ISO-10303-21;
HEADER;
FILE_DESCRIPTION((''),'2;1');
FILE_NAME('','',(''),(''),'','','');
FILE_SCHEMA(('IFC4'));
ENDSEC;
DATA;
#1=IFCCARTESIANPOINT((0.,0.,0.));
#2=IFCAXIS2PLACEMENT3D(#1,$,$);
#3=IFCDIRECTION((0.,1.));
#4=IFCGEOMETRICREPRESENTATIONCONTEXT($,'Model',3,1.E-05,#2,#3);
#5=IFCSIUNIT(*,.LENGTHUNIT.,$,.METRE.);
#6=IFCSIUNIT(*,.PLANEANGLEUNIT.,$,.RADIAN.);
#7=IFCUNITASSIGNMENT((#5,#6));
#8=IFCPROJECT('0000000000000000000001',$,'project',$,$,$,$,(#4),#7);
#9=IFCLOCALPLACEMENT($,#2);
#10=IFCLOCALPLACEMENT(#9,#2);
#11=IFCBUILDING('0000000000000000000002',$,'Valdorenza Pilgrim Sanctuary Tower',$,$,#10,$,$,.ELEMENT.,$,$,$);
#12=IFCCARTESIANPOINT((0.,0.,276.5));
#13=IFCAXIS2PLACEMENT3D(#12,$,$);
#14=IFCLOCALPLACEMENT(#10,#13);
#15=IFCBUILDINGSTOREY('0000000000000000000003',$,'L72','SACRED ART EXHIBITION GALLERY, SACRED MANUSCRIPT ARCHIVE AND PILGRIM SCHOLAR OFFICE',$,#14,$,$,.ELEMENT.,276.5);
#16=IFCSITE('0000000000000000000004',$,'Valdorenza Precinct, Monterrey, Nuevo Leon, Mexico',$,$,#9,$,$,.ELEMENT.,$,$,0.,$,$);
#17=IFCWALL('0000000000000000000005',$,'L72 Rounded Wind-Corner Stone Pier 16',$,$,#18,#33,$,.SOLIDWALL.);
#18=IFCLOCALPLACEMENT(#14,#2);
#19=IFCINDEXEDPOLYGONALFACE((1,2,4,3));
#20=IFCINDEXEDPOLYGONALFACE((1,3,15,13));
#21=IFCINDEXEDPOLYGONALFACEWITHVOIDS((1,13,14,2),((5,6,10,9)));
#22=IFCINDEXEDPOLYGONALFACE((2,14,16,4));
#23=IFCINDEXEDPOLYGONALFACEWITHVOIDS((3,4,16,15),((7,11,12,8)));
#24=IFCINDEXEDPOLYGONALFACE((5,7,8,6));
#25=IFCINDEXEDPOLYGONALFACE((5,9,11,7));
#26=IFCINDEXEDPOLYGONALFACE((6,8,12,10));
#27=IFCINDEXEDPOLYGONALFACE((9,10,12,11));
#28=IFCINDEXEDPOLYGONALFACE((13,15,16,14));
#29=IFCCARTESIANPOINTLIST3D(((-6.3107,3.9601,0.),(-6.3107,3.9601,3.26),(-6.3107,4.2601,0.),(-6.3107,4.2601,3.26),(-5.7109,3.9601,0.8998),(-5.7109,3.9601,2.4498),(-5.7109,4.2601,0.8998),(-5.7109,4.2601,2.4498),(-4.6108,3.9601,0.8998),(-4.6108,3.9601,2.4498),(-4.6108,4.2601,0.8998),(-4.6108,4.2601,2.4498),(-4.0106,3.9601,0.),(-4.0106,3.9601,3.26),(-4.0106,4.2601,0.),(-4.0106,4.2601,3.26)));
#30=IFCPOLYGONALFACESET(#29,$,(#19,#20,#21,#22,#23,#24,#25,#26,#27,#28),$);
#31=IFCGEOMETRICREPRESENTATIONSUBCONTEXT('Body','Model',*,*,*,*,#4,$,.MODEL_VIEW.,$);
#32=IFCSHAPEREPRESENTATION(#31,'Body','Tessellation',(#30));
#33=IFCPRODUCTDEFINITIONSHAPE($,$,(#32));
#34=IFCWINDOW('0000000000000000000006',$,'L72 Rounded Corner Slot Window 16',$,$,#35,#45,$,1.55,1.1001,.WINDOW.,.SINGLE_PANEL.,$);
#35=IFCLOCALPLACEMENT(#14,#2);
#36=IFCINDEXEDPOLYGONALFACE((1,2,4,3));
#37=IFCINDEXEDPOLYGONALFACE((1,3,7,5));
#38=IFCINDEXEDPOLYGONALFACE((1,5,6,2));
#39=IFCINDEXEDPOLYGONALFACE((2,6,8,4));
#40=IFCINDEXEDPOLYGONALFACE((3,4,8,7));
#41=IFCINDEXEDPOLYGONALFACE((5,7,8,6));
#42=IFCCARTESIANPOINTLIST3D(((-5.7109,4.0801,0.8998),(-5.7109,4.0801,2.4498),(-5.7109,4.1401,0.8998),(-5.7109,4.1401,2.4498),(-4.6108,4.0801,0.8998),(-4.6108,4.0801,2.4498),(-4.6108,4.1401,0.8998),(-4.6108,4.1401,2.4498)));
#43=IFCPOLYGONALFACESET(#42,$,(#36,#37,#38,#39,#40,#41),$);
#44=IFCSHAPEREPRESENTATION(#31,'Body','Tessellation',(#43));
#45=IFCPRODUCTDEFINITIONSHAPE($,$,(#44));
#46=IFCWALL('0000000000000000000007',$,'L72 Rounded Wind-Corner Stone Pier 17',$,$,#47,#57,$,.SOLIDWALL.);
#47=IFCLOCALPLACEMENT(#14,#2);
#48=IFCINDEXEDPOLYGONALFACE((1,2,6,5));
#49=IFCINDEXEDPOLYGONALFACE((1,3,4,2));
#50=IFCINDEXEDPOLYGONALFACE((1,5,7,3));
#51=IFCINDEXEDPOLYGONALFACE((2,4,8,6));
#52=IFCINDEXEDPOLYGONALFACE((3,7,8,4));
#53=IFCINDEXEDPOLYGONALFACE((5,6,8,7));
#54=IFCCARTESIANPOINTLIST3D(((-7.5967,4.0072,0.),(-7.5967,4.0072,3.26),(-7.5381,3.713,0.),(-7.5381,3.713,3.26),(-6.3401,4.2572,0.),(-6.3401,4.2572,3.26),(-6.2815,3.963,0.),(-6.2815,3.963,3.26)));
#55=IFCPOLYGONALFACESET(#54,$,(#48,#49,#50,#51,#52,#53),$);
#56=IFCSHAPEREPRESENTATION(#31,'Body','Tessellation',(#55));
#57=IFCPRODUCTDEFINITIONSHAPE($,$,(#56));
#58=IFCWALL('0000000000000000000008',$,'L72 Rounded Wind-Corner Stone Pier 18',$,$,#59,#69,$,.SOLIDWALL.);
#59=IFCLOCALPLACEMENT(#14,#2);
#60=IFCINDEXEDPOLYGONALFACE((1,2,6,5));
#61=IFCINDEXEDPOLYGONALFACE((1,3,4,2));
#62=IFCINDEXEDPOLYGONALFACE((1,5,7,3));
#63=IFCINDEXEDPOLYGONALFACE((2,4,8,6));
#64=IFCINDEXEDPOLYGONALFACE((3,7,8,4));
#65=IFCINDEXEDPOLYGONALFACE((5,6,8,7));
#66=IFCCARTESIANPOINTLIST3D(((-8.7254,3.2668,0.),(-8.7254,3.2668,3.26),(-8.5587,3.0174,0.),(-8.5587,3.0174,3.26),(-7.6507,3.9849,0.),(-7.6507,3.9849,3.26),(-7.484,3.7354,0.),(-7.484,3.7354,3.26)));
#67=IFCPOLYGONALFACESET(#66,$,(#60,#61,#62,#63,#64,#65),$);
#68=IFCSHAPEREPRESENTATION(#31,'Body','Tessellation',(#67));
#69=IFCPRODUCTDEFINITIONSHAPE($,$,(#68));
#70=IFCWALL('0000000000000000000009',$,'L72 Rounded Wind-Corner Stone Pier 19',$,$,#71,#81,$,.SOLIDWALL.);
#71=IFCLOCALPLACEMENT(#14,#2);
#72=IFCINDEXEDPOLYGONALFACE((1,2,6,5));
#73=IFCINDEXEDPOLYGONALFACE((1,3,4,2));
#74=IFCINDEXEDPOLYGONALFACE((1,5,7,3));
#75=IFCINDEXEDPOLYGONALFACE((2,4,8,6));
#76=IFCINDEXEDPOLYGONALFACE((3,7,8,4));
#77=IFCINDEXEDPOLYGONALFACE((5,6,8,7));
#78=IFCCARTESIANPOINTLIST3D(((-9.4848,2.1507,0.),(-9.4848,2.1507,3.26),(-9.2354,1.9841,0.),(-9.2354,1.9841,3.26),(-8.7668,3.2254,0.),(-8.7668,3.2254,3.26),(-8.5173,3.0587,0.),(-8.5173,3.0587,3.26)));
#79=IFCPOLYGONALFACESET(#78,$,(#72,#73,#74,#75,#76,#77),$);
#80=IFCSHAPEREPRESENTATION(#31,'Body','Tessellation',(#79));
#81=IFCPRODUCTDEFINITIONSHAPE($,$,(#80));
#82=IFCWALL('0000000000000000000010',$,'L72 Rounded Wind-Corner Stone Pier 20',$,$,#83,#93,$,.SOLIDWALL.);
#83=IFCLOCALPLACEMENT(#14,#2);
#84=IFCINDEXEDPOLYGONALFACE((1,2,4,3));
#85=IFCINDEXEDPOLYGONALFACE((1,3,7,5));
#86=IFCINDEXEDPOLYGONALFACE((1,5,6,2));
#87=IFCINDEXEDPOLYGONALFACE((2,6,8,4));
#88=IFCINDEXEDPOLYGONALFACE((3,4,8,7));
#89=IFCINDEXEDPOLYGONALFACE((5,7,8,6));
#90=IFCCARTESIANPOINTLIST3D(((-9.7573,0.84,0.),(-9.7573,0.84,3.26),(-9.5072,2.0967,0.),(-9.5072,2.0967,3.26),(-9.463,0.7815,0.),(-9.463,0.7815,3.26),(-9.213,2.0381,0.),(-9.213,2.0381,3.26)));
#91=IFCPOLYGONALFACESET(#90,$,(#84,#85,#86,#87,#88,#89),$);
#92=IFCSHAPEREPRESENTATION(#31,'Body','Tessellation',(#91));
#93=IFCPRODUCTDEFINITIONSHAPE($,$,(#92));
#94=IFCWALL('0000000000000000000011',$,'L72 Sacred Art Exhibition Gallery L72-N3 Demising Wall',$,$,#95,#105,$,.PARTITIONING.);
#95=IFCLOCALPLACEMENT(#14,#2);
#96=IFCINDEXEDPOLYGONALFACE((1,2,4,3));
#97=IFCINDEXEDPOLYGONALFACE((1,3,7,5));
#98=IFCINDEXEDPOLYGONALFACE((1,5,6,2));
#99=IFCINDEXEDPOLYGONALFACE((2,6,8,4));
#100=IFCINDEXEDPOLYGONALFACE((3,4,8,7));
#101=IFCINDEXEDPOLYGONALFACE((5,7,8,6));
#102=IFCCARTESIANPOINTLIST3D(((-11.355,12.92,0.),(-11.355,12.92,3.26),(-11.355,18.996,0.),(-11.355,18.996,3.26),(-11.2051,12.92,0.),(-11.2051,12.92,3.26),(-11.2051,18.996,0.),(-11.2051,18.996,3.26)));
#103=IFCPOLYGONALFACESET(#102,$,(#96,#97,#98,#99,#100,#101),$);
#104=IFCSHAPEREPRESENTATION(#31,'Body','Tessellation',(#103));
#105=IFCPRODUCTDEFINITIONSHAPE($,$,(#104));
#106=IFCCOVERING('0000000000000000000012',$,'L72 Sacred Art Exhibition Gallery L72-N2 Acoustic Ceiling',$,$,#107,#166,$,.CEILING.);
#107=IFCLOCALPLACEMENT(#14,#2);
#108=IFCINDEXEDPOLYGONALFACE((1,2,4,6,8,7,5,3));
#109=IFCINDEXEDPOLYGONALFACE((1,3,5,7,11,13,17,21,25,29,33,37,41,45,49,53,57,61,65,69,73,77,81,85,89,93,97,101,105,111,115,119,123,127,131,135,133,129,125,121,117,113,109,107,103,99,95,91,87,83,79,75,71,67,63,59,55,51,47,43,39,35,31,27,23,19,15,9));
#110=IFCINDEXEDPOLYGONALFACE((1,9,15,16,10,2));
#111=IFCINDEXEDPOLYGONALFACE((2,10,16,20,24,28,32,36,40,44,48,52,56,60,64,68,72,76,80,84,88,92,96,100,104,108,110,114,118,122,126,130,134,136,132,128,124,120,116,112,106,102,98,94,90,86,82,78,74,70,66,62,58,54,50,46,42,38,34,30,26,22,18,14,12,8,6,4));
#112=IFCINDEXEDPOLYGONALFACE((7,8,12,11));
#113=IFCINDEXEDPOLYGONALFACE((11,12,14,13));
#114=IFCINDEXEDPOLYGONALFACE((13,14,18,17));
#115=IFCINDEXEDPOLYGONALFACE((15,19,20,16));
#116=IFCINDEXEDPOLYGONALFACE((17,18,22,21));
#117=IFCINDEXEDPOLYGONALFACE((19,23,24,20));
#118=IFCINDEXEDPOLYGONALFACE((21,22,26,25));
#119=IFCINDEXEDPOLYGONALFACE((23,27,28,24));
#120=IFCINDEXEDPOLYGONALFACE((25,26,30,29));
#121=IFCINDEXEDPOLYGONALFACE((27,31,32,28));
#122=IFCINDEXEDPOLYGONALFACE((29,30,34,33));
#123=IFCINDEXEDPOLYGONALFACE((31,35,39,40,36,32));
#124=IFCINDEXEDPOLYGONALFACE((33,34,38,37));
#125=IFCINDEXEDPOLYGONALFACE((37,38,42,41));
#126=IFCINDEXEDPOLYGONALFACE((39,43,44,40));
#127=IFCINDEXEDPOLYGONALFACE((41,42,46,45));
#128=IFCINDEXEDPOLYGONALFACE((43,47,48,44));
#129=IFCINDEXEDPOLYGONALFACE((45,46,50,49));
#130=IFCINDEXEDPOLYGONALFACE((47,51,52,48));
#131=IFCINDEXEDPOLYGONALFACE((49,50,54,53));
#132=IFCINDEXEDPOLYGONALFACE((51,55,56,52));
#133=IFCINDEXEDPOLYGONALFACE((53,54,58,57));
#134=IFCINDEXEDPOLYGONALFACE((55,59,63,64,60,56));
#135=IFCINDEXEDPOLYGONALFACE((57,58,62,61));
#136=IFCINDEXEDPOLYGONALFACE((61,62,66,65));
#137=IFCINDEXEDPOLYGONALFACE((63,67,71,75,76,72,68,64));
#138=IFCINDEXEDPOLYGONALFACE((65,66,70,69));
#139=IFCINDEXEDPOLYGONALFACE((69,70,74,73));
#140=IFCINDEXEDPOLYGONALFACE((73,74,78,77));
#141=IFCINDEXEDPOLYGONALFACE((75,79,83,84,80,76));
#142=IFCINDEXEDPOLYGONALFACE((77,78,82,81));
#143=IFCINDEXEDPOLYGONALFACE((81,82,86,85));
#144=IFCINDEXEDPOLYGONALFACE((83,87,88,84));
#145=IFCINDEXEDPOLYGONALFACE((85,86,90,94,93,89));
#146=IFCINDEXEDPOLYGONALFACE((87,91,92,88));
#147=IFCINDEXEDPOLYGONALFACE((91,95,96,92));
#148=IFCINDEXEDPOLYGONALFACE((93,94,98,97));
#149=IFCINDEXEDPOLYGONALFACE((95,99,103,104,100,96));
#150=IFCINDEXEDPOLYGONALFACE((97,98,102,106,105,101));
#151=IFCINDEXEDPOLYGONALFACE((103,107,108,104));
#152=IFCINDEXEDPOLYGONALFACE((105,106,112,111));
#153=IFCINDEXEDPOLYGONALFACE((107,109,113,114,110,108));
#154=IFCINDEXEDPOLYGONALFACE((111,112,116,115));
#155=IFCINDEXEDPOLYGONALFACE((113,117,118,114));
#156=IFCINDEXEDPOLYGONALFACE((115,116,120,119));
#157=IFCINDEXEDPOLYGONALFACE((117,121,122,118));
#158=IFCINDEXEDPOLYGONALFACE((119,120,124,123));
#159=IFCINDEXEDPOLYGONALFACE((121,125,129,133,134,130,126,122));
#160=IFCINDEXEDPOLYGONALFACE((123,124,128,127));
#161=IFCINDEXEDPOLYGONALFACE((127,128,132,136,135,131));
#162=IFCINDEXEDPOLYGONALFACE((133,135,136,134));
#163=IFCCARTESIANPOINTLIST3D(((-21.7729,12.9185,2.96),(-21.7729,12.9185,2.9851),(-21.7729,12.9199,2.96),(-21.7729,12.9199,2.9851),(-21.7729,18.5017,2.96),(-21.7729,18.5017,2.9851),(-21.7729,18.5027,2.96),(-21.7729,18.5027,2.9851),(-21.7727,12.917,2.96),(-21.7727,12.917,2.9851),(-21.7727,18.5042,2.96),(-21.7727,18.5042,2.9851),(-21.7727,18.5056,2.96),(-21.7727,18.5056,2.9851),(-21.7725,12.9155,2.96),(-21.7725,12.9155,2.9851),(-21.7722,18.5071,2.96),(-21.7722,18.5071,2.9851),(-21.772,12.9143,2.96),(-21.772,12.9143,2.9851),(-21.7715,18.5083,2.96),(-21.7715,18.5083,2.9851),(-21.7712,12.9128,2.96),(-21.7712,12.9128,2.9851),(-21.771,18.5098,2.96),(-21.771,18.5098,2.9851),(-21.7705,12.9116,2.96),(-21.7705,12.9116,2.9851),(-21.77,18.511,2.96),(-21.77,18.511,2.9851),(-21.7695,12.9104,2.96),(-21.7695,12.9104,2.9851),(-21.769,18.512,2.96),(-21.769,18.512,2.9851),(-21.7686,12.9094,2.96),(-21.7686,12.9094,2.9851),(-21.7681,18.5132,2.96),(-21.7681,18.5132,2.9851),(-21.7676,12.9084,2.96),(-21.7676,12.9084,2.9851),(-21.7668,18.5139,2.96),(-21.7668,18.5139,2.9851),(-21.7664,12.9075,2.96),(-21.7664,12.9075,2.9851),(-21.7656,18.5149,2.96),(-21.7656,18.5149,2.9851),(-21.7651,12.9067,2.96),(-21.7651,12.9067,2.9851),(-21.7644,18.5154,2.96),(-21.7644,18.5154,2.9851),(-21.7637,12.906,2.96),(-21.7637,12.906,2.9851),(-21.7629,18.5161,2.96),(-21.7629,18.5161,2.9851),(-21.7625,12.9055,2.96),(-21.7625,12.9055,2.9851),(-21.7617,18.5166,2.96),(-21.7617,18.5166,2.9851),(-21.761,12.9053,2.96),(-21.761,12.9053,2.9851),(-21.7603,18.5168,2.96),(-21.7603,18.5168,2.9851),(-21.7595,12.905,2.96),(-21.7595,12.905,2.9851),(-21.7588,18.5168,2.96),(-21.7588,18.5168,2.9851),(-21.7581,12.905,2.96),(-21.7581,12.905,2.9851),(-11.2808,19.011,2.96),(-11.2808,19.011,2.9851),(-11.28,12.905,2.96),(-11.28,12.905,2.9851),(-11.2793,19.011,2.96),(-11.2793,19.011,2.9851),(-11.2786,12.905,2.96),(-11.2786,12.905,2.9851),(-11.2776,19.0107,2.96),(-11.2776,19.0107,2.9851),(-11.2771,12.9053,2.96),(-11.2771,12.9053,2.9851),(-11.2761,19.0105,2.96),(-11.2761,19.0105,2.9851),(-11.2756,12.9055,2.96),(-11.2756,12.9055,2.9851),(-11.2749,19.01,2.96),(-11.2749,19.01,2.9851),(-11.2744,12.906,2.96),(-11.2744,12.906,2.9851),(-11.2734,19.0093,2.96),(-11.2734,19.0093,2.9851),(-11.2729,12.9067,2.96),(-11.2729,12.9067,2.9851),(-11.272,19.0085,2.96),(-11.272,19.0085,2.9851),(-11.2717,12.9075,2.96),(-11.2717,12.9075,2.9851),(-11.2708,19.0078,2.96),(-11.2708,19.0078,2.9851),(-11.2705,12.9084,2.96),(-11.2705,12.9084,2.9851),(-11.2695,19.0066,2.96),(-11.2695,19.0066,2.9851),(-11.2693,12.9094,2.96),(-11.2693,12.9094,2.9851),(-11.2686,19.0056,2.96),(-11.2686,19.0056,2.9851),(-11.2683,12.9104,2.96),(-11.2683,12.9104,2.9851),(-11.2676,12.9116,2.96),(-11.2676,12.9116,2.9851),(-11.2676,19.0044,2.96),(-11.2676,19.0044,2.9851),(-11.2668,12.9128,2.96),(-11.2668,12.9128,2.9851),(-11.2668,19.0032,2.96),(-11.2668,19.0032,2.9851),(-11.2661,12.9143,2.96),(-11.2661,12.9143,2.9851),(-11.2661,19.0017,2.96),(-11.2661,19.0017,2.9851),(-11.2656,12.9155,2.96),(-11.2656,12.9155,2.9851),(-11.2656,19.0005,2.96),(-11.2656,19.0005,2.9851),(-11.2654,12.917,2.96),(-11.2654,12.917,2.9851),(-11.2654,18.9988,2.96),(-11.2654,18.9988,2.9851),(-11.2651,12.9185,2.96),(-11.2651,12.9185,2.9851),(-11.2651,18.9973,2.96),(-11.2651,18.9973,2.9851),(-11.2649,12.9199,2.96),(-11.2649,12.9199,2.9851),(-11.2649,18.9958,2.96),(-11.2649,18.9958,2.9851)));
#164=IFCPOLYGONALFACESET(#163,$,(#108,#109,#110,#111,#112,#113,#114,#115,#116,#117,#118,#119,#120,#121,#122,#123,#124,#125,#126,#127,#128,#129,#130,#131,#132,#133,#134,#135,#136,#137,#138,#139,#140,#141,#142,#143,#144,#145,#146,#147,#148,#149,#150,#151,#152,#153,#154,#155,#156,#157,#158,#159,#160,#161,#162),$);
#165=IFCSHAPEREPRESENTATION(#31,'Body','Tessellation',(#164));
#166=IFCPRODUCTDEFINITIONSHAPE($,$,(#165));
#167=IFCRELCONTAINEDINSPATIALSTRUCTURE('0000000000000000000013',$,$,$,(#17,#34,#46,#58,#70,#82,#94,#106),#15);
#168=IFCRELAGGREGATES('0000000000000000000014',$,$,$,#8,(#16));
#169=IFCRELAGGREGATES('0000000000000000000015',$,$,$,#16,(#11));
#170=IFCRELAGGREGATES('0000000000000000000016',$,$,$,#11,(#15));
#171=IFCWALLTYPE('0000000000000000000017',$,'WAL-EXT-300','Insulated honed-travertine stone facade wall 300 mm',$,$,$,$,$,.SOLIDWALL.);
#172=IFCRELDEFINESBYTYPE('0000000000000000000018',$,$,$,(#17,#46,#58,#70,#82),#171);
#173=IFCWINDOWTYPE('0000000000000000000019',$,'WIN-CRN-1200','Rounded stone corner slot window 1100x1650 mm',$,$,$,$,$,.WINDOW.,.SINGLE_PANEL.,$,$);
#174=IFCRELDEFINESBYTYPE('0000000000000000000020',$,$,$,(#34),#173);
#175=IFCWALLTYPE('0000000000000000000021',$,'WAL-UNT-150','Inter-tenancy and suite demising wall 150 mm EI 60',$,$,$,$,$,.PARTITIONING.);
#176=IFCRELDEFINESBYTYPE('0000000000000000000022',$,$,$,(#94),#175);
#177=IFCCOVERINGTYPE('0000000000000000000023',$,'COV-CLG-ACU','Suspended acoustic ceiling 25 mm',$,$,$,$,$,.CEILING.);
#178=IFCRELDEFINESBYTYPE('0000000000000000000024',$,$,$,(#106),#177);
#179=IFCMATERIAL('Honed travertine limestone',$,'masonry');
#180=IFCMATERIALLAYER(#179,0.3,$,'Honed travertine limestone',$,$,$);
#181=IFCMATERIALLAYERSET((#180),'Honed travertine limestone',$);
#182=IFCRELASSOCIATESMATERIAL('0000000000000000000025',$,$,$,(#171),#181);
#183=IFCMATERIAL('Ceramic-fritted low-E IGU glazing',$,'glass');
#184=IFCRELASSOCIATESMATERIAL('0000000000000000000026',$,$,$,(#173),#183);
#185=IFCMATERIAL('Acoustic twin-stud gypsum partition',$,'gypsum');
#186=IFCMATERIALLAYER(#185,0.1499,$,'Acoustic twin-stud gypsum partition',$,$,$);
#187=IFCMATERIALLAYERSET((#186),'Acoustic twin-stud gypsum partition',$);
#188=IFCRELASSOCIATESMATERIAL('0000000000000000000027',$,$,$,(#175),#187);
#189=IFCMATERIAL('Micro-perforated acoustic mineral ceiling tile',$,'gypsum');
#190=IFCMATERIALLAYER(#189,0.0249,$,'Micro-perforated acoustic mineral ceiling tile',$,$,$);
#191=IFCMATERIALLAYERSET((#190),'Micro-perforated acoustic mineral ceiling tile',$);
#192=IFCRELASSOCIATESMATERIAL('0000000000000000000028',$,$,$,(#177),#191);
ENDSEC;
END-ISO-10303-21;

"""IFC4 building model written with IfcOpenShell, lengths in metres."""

from ifc_helpers import new_model, si_unit, direction, frame, frame_2d, origin, place, context, subcontext, project, spatial, polyline, rectangle, outline, extrude, material, layer, layer_set, type_object, element, fill, save


model = new_model("IFC4")

# Units and contexts
model_context = context("Model", 3, precision=1e-05, world=origin(), true_north=direction((0.0, 1.0)))
body_context = subcontext(model_context, "Body", "Model", "MODEL_VIEW")
ifc_project = project(units=[si_unit("LENGTHUNIT", "METRE"), si_unit("PLANEANGLEUNIT", "RADIAN")], contexts=[model_context])

# Site, building, storey
site_placement = place(None, origin())
site = spatial("IfcSite", under=ifc_project, at=site_placement, Name="Valdorenza Precinct, Monterrey, Nuevo Leon, Mexico", CompositionType="ELEMENT", RefElevation=0.0)
building_placement = place(site_placement, origin())
building = spatial("IfcBuilding", under=site, at=building_placement, Name="Valdorenza Pilgrim Sanctuary Tower", CompositionType="ELEMENT")
storey_placement = place(building_placement, frame((0.0, 0.0, 276.5)))
storey = spatial("IfcBuildingStorey", under=building, at=storey_placement, Name="L72", Description="SACRED ART EXHIBITION GALLERY, SACRED MANUSCRIPT ARCHIVE AND PILGRIM SCHOLAR OFFICE", CompositionType="ELEMENT", Elevation=276.5)

# Shared definitions
ifc_material_1 = material(Name="Ceramic-fritted low-E IGU glazing", Category="glass")
ifc_material_2 = material(Name="Honed travertine limestone", Category="masonry")

# Shared definitions
ifc_material_3 = material(Name="Acoustic twin-stud gypsum partition", Category="gypsum")

# Shared definitions
ifc_layer_1 = layer(ifc_material_2, 0.3, Name="Honed travertine limestone")
ifc_layer_set_1 = layer_set([ifc_layer_1], Name="Honed travertine limestone")
wall_type_1 = type_object("IfcWallType", Name="WAL-EXT-300", Description="Insulated honed-travertine stone facade wall 300 mm", PredefinedType="SOLIDWALL", material=ifc_layer_set_1)

# Wall, opening, window
wall_1_placement = place(storey_placement, frame((-4.0107, 4.1101, 0.0), z_axis=(0.0, 0.0, 1.0), x_axis=(-1.0, 0.0, 0.0)))
wall_1 = element("IfcWall", 1, at=wall_1_placement, inside=storey, type_object=wall_type_1, Name="L72 Rounded Wind-Corner Stone Pier 16", PredefinedType="SOLIDWALL", context=body_context, shape_type="SweptSolid", body=[
    extrude(rectangle(XDim=2.3, YDim=0.3, at=frame_2d((1.1499, 0.0))), origin(), (0.0, 0.0, 1.0), 3.26),
])
opening_1_placement = place(wall_1_placement, frame((0.6001, 0.0, 0.8999)))
opening_1 = element("IfcOpeningElement", 2, at=opening_1_placement, cuts=wall_1, PredefinedType="OPENING", context=body_context, shape_type="SweptSolid", body=[
    extrude(rectangle(XDim=1.1001, YDim=1.55, at=frame_2d((0.55, 0.7749))), frame((0.0, 0.165, 0.0), z_axis=(0.0, -1.0, 0.0), x_axis=(1.0, 0.0, 0.0)), (0.0, 0.0, 1.0), 0.3298),
])
window_type = type_object("IfcWindowType", Name="WIN-CRN-1200", Description="Rounded stone corner slot window 1100x1650 mm", PartitioningType="SINGLE_PANEL", PredefinedType="WINDOW", material=ifc_material_1)
window_placement = place(opening_1_placement, origin())
window = element("IfcWindow", 3, at=window_placement, inside=storey, type_object=window_type, Name="L72 Rounded Corner Slot Window 16", OverallHeight=1.55, OverallWidth=1.1001, PartitioningType="SINGLE_PANEL", PredefinedType="WINDOW", context=body_context, shape_type="SweptSolid", body=[
    extrude(rectangle(XDim=1.1001, YDim=1.55, at=frame_2d((0.55, 0.7749))), frame((0.0, 0.03, 0.0), z_axis=(0.0, -1.0, 0.0), x_axis=(1.0, 0.0, 0.0)), (0.0, 0.0, 1.0), 0.0601),
])
fill(opening_1, window)

# Walls
wall_2_placement = place(storey_placement, frame((-6.3108, 4.1101, 0.0), z_axis=(0.0, 0.0, 1.0), x_axis=(-0.980778, -0.195127, 0.0)))
element("IfcWall", 4, at=wall_2_placement, inside=storey, type_object=wall_type_1, Name="L72 Rounded Wind-Corner Stone Pier 17", PredefinedType="SOLIDWALL", context=body_context, shape_type="SweptSolid", body=[
    extrude(rectangle(XDim=1.2812, YDim=0.3, at=frame_2d((0.6406, 0.0))), origin(), (0.0, 0.0, 1.0), 3.26),
])
for number, where, z_axis, x_axis, name in (
    (5, (-7.5674, 3.8601, 0.0), (0.0, 0.0, 1.0), (-0.831498, -0.555528, 0.0), "L72 Rounded Wind-Corner Stone Pier 18"),
    (6, (-8.6421, 3.1421, 0.0), (0.0, 0.0, 1.0), (-0.555528, -0.831498, 0.0), "L72 Rounded Wind-Corner Stone Pier 19"),
):
    element("IfcWall", number, at=place(storey_placement, frame(where, z_axis=z_axis, x_axis=x_axis)), inside=storey, type_object=wall_type_1, Name=name, PredefinedType="SOLIDWALL", context=body_context, shape_type="SweptSolid", body=[
        extrude(rectangle(XDim=1.2925, YDim=0.3, at=frame_2d((0.6462, 0.0))), origin(), (0.0, 0.0, 1.0), 3.26),
    ])
wall_3_placement = place(storey_placement, frame((-9.3601, 2.0674, 0.0), z_axis=(0.0, 0.0, 1.0), x_axis=(-0.195127, -0.980778, 0.0)))
element("IfcWall", 7, at=wall_3_placement, inside=storey, type_object=wall_type_1, Name="L72 Rounded Wind-Corner Stone Pier 20", PredefinedType="SOLIDWALL", context=body_context, shape_type="SweptSolid", body=[
    extrude(rectangle(XDim=1.2812, YDim=0.3, at=frame_2d((0.6406, 0.0))), origin(), (0.0, 0.0, 1.0), 3.26),
])
ifc_layer_2 = layer(ifc_material_3, 0.1499, Name="Acoustic twin-stud gypsum partition")
ifc_layer_set_2 = layer_set([ifc_layer_2], Name="Acoustic twin-stud gypsum partition")
wall_type_2 = type_object("IfcWallType", Name="WAL-UNT-150", Description="Inter-tenancy and suite demising wall 150 mm EI 60", PredefinedType="PARTITIONING", material=ifc_layer_set_2)
wall_4_placement = place(storey_placement, frame((-11.28, 12.9199, 0.0), z_axis=(0.0, 0.0, 1.0), x_axis=(0.0, 1.0, 0.0)))
element("IfcWall", 8, at=wall_4_placement, inside=storey, type_object=wall_type_2, Name="L72 Sacred Art Exhibition Gallery L72-N3 Demising Wall", PredefinedType="PARTITIONING", context=body_context, shape_type="SweptSolid", body=[
    extrude(rectangle(XDim=6.0759, YDim=0.1499, at=frame_2d((3.0381, 0.0))), origin(), (0.0, 0.0, 1.0), 3.26),
])

# Covering
ifc_material_4 = material(Name="Micro-perforated acoustic mineral ceiling tile", Category="gypsum")
ifc_layer_3 = layer(ifc_material_4, 0.0249, Name="Micro-perforated acoustic mineral ceiling tile")
ifc_layer_set_3 = layer_set([ifc_layer_3], Name="Micro-perforated acoustic mineral ceiling tile")
covering_type_1 = type_object("IfcCoveringType", Name="COV-CLG-ACU", Description="Suspended acoustic ceiling 25 mm", PredefinedType="CEILING", material=ifc_layer_set_3)
covering_1_placement = place(storey_placement, frame((0.0, 0.0, 2.96)))
element("IfcCovering", 9, at=covering_1_placement, inside=storey, type_object=covering_type_1, Name="L72 Sacred Art Exhibition Gallery L72-N2 Acoustic Ceiling", PredefinedType="CEILING", context=body_context, shape_type="SweptSolid", body=[
    extrude(outline(polyline([(-21.7729, 18.5017), (-21.7729, 18.5027), (-21.7727, 18.5042), (-21.7727, 18.5056), (-21.7722, 18.5071), (-21.7715, 18.5083), (-21.771, 18.5098), (-21.77, 18.511), (-21.769, 18.512), (-21.7681, 18.5132), (-21.7668, 18.5139), (-21.7656, 18.5149), (-21.7644, 18.5154), (-21.7629, 18.5161), (-21.7617, 18.5166), (-21.7603, 18.5168), (-21.7588, 18.5168), (-11.2808, 19.011), (-11.2793, 19.011), (-11.2776, 19.0107), (-11.2761, 19.0105), (-11.2749, 19.01), (-11.2734, 19.0093), (-11.272, 19.0085), (-11.2708, 19.0078), (-11.2695, 19.0066), (-11.2686, 19.0056), (-11.2676, 19.0044), (-11.2668, 19.0032), (-11.2661, 19.0017), (-11.2656, 19.0005), (-11.2654, 18.9988), (-11.2651, 18.9973), (-11.2649, 18.9958), (-11.2649, 12.9199), (-11.2651, 12.9185), (-11.2654, 12.917), (-11.2656, 12.9155), (-11.2661, 12.9143), (-11.2668, 12.9128), (-11.2676, 12.9116), (-11.2683, 12.9104), (-11.2693, 12.9094), (-11.2705, 12.9084), (-11.2717, 12.9075), (-11.2729, 12.9067), (-11.2744, 12.906), (-11.2756, 12.9055), (-11.2771, 12.9053), (-11.2786, 12.905), (-11.28, 12.905), (-21.7581, 12.905), (-21.7595, 12.905), (-21.761, 12.9053), (-21.7625, 12.9055), (-21.7637, 12.906), (-21.7651, 12.9067), (-21.7664, 12.9075), (-21.7676, 12.9084), (-21.7686, 12.9094), (-21.7695, 12.9104), (-21.7705, 12.9116), (-21.7712, 12.9128), (-21.772, 12.9143), (-21.7725, 12.9155), (-21.7727, 12.917), (-21.7729, 12.9185), (-21.7729, 12.9199), (-21.7729, 18.5017), (-21.7729, 18.5017)])), origin(), (0.0, 0.0, 1.0), 0.0251),
])

save(model, "model.ifc")
